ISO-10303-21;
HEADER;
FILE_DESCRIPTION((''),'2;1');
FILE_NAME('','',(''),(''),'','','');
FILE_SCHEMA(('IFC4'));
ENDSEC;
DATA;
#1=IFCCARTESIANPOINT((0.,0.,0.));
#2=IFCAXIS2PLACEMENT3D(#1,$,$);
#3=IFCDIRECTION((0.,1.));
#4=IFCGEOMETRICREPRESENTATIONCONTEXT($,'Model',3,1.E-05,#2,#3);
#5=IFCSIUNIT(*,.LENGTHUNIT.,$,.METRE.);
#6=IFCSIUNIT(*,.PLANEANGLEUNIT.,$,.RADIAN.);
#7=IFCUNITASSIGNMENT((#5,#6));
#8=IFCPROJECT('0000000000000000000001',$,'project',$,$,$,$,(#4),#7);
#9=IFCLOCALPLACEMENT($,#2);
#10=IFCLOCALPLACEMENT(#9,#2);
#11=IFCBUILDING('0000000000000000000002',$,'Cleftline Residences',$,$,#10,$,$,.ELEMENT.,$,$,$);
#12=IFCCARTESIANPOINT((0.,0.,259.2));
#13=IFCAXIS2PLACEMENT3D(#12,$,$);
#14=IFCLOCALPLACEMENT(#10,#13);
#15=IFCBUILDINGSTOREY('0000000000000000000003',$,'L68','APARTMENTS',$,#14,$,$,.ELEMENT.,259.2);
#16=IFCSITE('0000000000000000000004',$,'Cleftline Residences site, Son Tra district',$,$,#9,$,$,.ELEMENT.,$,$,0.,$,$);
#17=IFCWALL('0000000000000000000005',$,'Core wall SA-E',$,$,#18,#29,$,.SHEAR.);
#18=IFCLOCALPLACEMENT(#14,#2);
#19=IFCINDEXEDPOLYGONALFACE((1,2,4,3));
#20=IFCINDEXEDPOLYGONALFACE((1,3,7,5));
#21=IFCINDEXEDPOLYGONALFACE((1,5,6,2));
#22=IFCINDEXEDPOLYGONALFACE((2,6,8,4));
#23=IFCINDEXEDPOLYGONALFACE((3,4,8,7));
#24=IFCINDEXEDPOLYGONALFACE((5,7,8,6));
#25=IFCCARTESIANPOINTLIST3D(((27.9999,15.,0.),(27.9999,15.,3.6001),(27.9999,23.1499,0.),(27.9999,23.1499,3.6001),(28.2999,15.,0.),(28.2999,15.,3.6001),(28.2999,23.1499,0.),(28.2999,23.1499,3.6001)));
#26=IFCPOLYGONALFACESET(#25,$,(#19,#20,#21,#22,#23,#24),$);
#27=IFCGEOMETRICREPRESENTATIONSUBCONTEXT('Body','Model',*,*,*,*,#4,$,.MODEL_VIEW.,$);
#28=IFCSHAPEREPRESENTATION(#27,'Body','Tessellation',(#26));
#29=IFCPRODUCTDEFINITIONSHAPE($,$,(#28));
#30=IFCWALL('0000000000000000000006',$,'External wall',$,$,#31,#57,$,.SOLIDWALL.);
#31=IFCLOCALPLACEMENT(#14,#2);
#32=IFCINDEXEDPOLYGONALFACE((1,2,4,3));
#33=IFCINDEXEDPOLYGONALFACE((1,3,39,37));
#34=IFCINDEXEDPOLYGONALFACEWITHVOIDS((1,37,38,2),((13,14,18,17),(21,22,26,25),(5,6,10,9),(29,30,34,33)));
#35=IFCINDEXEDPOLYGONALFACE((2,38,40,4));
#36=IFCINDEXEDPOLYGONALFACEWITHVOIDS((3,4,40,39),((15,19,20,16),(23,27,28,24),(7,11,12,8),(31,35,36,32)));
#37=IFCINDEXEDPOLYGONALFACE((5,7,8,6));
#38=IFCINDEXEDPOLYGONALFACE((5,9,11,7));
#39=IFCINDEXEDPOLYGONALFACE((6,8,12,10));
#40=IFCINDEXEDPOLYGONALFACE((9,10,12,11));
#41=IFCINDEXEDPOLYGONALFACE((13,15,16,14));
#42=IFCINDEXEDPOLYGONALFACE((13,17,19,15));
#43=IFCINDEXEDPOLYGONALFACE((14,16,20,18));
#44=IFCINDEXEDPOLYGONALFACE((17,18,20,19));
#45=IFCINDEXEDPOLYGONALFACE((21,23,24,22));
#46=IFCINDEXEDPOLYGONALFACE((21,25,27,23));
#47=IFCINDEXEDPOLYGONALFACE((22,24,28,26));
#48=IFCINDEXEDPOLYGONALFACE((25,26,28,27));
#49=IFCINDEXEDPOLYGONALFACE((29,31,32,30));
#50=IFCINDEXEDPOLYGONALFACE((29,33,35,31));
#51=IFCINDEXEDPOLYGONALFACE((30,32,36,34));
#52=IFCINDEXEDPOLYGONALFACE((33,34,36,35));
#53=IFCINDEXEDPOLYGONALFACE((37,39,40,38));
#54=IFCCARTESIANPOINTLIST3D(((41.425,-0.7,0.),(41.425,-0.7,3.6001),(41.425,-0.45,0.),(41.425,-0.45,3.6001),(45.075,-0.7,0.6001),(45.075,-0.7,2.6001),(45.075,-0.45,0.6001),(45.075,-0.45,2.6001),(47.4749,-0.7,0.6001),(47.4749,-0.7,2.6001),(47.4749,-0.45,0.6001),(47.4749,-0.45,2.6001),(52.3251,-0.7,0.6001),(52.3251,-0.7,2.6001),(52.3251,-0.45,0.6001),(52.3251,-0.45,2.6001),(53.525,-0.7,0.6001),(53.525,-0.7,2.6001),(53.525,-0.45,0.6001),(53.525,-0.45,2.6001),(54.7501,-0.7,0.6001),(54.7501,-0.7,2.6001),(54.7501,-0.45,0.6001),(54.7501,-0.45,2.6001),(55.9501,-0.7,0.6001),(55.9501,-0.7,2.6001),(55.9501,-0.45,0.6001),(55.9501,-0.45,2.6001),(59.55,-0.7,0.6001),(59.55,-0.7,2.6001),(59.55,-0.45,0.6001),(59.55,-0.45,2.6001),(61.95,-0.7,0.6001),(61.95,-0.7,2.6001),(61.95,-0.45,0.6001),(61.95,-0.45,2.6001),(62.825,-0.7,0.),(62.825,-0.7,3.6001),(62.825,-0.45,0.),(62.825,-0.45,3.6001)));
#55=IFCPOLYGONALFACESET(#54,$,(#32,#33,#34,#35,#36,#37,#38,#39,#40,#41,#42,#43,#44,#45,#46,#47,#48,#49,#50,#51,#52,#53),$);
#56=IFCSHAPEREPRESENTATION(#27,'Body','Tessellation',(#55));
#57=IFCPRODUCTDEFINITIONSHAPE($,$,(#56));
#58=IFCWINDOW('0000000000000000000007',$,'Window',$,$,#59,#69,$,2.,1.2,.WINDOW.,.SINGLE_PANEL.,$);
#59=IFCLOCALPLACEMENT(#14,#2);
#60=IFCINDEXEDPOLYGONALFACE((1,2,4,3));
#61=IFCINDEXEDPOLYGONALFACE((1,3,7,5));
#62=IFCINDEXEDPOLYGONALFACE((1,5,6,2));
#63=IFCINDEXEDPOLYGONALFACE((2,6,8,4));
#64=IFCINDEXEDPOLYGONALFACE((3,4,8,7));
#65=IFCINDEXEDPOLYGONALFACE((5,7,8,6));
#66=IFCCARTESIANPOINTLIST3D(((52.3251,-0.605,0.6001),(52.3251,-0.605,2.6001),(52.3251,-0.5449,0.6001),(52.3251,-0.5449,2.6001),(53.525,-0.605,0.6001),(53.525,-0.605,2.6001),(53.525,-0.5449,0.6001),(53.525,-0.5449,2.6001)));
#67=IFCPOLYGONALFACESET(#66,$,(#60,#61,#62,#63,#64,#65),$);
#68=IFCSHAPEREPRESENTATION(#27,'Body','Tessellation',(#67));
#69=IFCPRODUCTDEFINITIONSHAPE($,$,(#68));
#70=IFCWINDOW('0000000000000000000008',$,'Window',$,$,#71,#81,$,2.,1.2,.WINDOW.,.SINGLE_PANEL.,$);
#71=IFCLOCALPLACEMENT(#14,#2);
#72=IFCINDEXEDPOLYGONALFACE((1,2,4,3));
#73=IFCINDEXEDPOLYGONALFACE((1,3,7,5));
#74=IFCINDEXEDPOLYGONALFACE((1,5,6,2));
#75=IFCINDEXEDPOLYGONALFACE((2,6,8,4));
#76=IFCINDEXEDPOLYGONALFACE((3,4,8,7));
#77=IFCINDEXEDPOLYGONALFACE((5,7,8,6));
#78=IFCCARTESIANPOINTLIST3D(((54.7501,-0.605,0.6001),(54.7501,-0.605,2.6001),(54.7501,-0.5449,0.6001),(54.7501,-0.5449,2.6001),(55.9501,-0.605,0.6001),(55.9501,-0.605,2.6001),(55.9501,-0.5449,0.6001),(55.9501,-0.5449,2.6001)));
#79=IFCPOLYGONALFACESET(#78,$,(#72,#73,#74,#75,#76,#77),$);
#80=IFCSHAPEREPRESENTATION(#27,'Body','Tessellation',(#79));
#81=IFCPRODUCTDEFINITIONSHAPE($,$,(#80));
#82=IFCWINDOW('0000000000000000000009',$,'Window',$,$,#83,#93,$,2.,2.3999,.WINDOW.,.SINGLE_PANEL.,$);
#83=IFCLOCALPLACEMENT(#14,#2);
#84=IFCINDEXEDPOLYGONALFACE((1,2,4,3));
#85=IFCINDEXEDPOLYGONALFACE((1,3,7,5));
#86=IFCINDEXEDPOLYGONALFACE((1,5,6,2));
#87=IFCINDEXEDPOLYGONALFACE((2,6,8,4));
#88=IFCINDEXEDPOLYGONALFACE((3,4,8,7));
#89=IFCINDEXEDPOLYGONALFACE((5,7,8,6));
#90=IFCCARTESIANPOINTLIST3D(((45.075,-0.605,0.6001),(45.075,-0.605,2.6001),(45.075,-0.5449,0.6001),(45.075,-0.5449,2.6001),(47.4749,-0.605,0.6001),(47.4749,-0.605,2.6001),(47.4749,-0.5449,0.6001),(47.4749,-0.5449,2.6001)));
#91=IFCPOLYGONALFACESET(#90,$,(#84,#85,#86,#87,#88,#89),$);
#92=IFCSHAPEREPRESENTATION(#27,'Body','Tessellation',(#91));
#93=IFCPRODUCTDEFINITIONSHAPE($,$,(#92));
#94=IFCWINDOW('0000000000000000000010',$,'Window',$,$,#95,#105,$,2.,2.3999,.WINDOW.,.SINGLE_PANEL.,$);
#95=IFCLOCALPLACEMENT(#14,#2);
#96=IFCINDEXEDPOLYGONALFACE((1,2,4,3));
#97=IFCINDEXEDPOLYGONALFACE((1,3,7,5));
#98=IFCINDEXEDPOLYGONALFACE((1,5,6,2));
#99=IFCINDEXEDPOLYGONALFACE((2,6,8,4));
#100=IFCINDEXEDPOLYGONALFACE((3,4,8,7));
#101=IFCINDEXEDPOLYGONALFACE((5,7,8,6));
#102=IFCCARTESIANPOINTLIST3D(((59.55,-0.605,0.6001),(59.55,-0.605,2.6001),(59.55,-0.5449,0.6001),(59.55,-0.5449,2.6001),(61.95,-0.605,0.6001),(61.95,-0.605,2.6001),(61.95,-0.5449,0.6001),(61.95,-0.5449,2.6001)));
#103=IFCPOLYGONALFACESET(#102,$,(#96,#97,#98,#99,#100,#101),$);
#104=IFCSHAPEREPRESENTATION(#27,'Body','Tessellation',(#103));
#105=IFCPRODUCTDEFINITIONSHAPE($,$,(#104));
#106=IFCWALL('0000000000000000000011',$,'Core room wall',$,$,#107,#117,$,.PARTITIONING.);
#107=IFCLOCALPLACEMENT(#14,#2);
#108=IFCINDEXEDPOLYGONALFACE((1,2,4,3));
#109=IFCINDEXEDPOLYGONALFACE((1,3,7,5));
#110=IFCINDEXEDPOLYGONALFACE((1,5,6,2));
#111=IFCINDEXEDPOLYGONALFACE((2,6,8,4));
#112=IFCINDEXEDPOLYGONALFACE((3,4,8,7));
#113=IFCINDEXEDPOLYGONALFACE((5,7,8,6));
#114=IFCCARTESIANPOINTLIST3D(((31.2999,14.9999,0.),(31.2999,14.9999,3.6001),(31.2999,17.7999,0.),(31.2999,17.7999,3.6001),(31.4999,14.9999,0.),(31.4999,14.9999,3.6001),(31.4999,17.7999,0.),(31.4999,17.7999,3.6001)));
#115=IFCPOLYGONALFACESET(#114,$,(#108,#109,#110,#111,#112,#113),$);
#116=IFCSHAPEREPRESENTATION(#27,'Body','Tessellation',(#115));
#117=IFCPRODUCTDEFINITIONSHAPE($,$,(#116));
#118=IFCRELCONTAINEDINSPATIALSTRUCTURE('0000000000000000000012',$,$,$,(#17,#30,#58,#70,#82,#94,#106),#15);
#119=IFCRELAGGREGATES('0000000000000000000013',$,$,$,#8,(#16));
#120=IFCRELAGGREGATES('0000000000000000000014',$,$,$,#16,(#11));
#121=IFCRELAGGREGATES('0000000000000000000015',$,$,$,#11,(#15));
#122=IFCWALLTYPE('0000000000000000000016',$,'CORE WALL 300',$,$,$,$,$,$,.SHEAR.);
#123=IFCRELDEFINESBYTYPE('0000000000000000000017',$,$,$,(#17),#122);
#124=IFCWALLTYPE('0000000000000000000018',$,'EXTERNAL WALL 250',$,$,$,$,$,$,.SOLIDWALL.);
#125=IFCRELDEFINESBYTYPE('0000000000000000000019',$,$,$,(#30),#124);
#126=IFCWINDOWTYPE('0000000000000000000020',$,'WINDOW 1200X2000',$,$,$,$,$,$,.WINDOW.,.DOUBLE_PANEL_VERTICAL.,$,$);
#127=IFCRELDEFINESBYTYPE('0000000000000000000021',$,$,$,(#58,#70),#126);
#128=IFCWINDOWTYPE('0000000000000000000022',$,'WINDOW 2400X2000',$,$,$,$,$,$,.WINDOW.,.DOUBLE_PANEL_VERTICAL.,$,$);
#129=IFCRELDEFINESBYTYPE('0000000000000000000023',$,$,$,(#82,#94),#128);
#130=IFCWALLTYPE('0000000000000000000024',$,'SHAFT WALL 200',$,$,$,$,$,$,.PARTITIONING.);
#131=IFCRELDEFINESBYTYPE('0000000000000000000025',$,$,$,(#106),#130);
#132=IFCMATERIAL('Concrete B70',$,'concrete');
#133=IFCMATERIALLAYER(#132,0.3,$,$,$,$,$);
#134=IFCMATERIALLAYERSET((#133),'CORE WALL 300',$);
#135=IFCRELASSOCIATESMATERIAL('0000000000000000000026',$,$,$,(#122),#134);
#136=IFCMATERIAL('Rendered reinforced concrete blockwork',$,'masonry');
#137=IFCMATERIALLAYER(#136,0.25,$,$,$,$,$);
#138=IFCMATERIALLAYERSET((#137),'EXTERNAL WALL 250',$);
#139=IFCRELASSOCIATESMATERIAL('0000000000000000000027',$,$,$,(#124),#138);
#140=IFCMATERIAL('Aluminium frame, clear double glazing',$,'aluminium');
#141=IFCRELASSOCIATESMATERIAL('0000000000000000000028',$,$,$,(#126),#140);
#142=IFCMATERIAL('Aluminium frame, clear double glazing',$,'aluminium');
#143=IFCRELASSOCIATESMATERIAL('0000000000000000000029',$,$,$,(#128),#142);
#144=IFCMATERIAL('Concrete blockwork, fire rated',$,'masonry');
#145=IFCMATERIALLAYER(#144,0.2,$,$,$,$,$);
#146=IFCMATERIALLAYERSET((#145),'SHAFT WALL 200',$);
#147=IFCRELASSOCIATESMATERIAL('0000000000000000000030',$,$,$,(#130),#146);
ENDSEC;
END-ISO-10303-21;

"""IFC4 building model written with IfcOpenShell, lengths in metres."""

from ifc_helpers import new_model, si_unit, direction, frame, frame_2d, origin, place, context, subcontext, project, spatial, rectangle, extrude, material, layer, layer_set, type_object, element, fill, save


model = new_model("IFC4")

# Units and contexts
model_context = context("Model", 3, precision=1e-05, world=origin(), true_north=direction((0.0, 1.0)))
body_context = subcontext(model_context, "Body", "Model", "MODEL_VIEW")
ifc_project = project(units=[si_unit("LENGTHUNIT", "METRE"), si_unit("PLANEANGLEUNIT", "RADIAN")], contexts=[model_context])

# Site, building, storey
site_placement = place(None, origin())
site = spatial("IfcSite", under=ifc_project, at=site_placement, Name="Cleftline Residences site, Son Tra district", CompositionType="ELEMENT", RefElevation=0.0)
building_placement = place(site_placement, origin())
building = spatial("IfcBuilding", under=site, at=building_placement, Name="Cleftline Residences", CompositionType="ELEMENT")
storey_placement = place(building_placement, frame((0.0, 0.0, 259.2)))
storey = spatial("IfcBuildingStorey", under=building, at=storey_placement, Name="L68", Description="APARTMENTS", CompositionType="ELEMENT", Elevation=259.2)

# Wall
ifc_material_1 = material(Name="Concrete B70", Category="concrete")
ifc_layer_1 = layer(ifc_material_1, 0.3)
ifc_layer_set_1 = layer_set([ifc_layer_1], Name="CORE WALL 300")
wall_type_1 = type_object("IfcWallType", Name="CORE WALL 300", PredefinedType="SHEAR", material=ifc_layer_set_1)
wall_1_placement = place(storey_placement, frame((28.1499, 15.0, 0.0), z_axis=(0.0, 0.0, 1.0), x_axis=(0.0, 1.0, 0.0)))
element("IfcWall", 1, at=wall_1_placement, inside=storey, type_object=wall_type_1, Name="Core wall SA-E", PredefinedType="SHEAR", context=body_context, shape_type="SweptSolid", body=[
    extrude(rectangle(XDim=8.1499, YDim=0.3, at=frame_2d((4.075, 0.0))), origin(), (0.0, 0.0, 1.0), 3.6001),
])

# Wall, openings, windows
ifc_material_2 = material(Name="Rendered reinforced concrete blockwork", Category="masonry")
ifc_layer_2 = layer(ifc_material_2, 0.25)
ifc_layer_set_2 = layer_set([ifc_layer_2], Name="EXTERNAL WALL 250")
wall_type_2 = type_object("IfcWallType", Name="EXTERNAL WALL 250", PredefinedType="SOLIDWALL", material=ifc_layer_set_2)
wall_2_placement = place(storey_placement, frame((41.425, -0.575, 0.0), z_axis=(0.0, 0.0, 1.0), x_axis=(1.0, 0.0, 0.0)))
wall_2 = element("IfcWall", 2, at=wall_2_placement, inside=storey, type_object=wall_type_2, Name="External wall", PredefinedType="SOLIDWALL", context=body_context, shape_type="SweptSolid", body=[
    extrude(rectangle(XDim=21.3999, YDim=0.25, at=frame_2d((10.7, 0.0))), origin(), (0.0, 0.0, 1.0), 3.6001),
])
opening_1_placement = place(wall_2_placement, frame((3.6499, 0.0, 0.6001)))
opening_1 = element("IfcOpeningElement", 3, at=opening_1_placement, cuts=wall_2, PredefinedType="OPENING", context=body_context, shape_type="SweptSolid", body=[
    extrude(rectangle(XDim=2.3999, YDim=2.0, at=frame_2d((1.2, 1.0))), frame((0.0, 0.135, 0.0), z_axis=(0.0, -1.0, 0.0), x_axis=(1.0, 0.0, 0.0)), (0.0, 0.0, 1.0), 0.27),
])
opening_2_placement = place(wall_2_placement, frame((10.8999, 0.0, 0.6001)))
opening_2 = element("IfcOpeningElement", 4, at=opening_2_placement, cuts=wall_2, PredefinedType="OPENING", context=body_context, shape_type="SweptSolid", body=[
    extrude(rectangle(XDim=1.2, YDim=2.0, at=frame_2d((0.6001, 1.0))), frame((0.0, 0.135, 0.0), z_axis=(0.0, -1.0, 0.0), x_axis=(1.0, 0.0, 0.0)), (0.0, 0.0, 1.0), 0.27),
])
opening_3_placement = place(wall_2_placement, frame((13.325, 0.0, 0.6001)))
opening_3 = element("IfcOpeningElement", 5, at=opening_3_placement, cuts=wall_2, PredefinedType="OPENING", context=body_context, shape_type="SweptSolid", body=[
    extrude(rectangle(XDim=1.2, YDim=2.0, at=frame_2d((0.6001, 1.0))), frame((0.0, 0.135, 0.0), z_axis=(0.0, -1.0, 0.0), x_axis=(1.0, 0.0, 0.0)), (0.0, 0.0, 1.0), 0.27),
])
opening_4_placement = place(wall_2_placement, frame((18.125, 0.0, 0.6001)))
opening_4 = element("IfcOpeningElement", 6, at=opening_4_placement, cuts=wall_2, PredefinedType="OPENING", context=body_context, shape_type="SweptSolid", body=[
    extrude(rectangle(XDim=2.3999, YDim=2.0, at=frame_2d((1.2, 1.0))), frame((0.0, 0.135, 0.0), z_axis=(0.0, -1.0, 0.0), x_axis=(1.0, 0.0, 0.0)), (0.0, 0.0, 1.0), 0.27),
])
ifc_material_3 = material(Name="Aluminium frame, clear double glazing", Category="aluminium")
window_type_1 = type_object("IfcWindowType", Name="WINDOW 1200X2000", PartitioningType="DOUBLE_PANEL_VERTICAL", PredefinedType="WINDOW", material=ifc_material_3)
window_1_placement = place(opening_2_placement, origin())
window_1 = element("IfcWindow", 7, at=window_1_placement, inside=storey, type_object=window_type_1, Name="Window", OverallHeight=2.0, OverallWidth=1.2, PartitioningType="SINGLE_PANEL", PredefinedType="WINDOW", context=body_context, shape_type="SweptSolid", body=[
    extrude(rectangle(XDim=1.2, YDim=2.0, at=frame_2d((0.6001, 1.0))), frame((0.0, 0.03, 0.0), z_axis=(0.0, -1.0, 0.0), x_axis=(1.0, 0.0, 0.0)), (0.0, 0.0, 1.0), 0.0601),
])
fill(opening_2, window_1)
window_2_placement = place(opening_3_placement, origin())
window_2 = element("IfcWindow", 8, at=window_2_placement, inside=storey, type_object=window_type_1, Name="Window", OverallHeight=2.0, OverallWidth=1.2, PartitioningType="SINGLE_PANEL", PredefinedType="WINDOW", context=body_context, shape_type="SweptSolid", body=[
    extrude(rectangle(XDim=1.2, YDim=2.0, at=frame_2d((0.6001, 1.0))), frame((0.0, 0.03, 0.0), z_axis=(0.0, -1.0, 0.0), x_axis=(1.0, 0.0, 0.0)), (0.0, 0.0, 1.0), 0.0601),
])
fill(opening_3, window_2)
ifc_material_4 = material(Name="Aluminium frame, clear double glazing", Category="aluminium")
window_type_2 = type_object("IfcWindowType", Name="WINDOW 2400X2000", PartitioningType="DOUBLE_PANEL_VERTICAL", PredefinedType="WINDOW", material=ifc_material_4)
window_3_placement = place(opening_1_placement, origin())
window_3 = element("IfcWindow", 9, at=window_3_placement, inside=storey, type_object=window_type_2, Name="Window", OverallHeight=2.0, OverallWidth=2.3999, PartitioningType="SINGLE_PANEL", PredefinedType="WINDOW", context=body_context, shape_type="SweptSolid", body=[
    extrude(rectangle(XDim=2.3999, YDim=2.0, at=frame_2d((1.2, 1.0))), frame((0.0, 0.03, 0.0), z_axis=(0.0, -1.0, 0.0), x_axis=(1.0, 0.0, 0.0)), (0.0, 0.0, 1.0), 0.0601),
])
fill(opening_1, window_3)
window_4_placement = place(opening_4_placement, origin())
window_4 = element("IfcWindow", 10, at=window_4_placement, inside=storey, type_object=window_type_2, Name="Window", OverallHeight=2.0, OverallWidth=2.3999, PartitioningType="SINGLE_PANEL", PredefinedType="WINDOW", context=body_context, shape_type="SweptSolid", body=[
    extrude(rectangle(XDim=2.3999, YDim=2.0, at=frame_2d((1.2, 1.0))), frame((0.0, 0.03, 0.0), z_axis=(0.0, -1.0, 0.0), x_axis=(1.0, 0.0, 0.0)), (0.0, 0.0, 1.0), 0.0601),
])
fill(opening_4, window_4)

# Wall
ifc_material_5 = material(Name="Concrete blockwork, fire rated", Category="masonry")
ifc_layer_3 = layer(ifc_material_5, 0.2)
ifc_layer_set_3 = layer_set([ifc_layer_3], Name="SHAFT WALL 200")
wall_type_3 = type_object("IfcWallType", Name="SHAFT WALL 200", PredefinedType="PARTITIONING", material=ifc_layer_set_3)
wall_3_placement = place(storey_placement, frame((31.3999, 15.0, 0.0), z_axis=(0.0, 0.0, 1.0), x_axis=(0.0, 1.0, 0.0)))
element("IfcWall", 11, at=wall_3_placement, inside=storey, type_object=wall_type_3, Name="Core room wall", PredefinedType="PARTITIONING", context=body_context, shape_type="SweptSolid", body=[
    extrude(rectangle(XDim=2.8, YDim=0.2, at=frame_2d((1.3999, 0.0))), origin(), (0.0, 0.0, 1.0), 3.6001),
])

save(model, "model.ifc")
